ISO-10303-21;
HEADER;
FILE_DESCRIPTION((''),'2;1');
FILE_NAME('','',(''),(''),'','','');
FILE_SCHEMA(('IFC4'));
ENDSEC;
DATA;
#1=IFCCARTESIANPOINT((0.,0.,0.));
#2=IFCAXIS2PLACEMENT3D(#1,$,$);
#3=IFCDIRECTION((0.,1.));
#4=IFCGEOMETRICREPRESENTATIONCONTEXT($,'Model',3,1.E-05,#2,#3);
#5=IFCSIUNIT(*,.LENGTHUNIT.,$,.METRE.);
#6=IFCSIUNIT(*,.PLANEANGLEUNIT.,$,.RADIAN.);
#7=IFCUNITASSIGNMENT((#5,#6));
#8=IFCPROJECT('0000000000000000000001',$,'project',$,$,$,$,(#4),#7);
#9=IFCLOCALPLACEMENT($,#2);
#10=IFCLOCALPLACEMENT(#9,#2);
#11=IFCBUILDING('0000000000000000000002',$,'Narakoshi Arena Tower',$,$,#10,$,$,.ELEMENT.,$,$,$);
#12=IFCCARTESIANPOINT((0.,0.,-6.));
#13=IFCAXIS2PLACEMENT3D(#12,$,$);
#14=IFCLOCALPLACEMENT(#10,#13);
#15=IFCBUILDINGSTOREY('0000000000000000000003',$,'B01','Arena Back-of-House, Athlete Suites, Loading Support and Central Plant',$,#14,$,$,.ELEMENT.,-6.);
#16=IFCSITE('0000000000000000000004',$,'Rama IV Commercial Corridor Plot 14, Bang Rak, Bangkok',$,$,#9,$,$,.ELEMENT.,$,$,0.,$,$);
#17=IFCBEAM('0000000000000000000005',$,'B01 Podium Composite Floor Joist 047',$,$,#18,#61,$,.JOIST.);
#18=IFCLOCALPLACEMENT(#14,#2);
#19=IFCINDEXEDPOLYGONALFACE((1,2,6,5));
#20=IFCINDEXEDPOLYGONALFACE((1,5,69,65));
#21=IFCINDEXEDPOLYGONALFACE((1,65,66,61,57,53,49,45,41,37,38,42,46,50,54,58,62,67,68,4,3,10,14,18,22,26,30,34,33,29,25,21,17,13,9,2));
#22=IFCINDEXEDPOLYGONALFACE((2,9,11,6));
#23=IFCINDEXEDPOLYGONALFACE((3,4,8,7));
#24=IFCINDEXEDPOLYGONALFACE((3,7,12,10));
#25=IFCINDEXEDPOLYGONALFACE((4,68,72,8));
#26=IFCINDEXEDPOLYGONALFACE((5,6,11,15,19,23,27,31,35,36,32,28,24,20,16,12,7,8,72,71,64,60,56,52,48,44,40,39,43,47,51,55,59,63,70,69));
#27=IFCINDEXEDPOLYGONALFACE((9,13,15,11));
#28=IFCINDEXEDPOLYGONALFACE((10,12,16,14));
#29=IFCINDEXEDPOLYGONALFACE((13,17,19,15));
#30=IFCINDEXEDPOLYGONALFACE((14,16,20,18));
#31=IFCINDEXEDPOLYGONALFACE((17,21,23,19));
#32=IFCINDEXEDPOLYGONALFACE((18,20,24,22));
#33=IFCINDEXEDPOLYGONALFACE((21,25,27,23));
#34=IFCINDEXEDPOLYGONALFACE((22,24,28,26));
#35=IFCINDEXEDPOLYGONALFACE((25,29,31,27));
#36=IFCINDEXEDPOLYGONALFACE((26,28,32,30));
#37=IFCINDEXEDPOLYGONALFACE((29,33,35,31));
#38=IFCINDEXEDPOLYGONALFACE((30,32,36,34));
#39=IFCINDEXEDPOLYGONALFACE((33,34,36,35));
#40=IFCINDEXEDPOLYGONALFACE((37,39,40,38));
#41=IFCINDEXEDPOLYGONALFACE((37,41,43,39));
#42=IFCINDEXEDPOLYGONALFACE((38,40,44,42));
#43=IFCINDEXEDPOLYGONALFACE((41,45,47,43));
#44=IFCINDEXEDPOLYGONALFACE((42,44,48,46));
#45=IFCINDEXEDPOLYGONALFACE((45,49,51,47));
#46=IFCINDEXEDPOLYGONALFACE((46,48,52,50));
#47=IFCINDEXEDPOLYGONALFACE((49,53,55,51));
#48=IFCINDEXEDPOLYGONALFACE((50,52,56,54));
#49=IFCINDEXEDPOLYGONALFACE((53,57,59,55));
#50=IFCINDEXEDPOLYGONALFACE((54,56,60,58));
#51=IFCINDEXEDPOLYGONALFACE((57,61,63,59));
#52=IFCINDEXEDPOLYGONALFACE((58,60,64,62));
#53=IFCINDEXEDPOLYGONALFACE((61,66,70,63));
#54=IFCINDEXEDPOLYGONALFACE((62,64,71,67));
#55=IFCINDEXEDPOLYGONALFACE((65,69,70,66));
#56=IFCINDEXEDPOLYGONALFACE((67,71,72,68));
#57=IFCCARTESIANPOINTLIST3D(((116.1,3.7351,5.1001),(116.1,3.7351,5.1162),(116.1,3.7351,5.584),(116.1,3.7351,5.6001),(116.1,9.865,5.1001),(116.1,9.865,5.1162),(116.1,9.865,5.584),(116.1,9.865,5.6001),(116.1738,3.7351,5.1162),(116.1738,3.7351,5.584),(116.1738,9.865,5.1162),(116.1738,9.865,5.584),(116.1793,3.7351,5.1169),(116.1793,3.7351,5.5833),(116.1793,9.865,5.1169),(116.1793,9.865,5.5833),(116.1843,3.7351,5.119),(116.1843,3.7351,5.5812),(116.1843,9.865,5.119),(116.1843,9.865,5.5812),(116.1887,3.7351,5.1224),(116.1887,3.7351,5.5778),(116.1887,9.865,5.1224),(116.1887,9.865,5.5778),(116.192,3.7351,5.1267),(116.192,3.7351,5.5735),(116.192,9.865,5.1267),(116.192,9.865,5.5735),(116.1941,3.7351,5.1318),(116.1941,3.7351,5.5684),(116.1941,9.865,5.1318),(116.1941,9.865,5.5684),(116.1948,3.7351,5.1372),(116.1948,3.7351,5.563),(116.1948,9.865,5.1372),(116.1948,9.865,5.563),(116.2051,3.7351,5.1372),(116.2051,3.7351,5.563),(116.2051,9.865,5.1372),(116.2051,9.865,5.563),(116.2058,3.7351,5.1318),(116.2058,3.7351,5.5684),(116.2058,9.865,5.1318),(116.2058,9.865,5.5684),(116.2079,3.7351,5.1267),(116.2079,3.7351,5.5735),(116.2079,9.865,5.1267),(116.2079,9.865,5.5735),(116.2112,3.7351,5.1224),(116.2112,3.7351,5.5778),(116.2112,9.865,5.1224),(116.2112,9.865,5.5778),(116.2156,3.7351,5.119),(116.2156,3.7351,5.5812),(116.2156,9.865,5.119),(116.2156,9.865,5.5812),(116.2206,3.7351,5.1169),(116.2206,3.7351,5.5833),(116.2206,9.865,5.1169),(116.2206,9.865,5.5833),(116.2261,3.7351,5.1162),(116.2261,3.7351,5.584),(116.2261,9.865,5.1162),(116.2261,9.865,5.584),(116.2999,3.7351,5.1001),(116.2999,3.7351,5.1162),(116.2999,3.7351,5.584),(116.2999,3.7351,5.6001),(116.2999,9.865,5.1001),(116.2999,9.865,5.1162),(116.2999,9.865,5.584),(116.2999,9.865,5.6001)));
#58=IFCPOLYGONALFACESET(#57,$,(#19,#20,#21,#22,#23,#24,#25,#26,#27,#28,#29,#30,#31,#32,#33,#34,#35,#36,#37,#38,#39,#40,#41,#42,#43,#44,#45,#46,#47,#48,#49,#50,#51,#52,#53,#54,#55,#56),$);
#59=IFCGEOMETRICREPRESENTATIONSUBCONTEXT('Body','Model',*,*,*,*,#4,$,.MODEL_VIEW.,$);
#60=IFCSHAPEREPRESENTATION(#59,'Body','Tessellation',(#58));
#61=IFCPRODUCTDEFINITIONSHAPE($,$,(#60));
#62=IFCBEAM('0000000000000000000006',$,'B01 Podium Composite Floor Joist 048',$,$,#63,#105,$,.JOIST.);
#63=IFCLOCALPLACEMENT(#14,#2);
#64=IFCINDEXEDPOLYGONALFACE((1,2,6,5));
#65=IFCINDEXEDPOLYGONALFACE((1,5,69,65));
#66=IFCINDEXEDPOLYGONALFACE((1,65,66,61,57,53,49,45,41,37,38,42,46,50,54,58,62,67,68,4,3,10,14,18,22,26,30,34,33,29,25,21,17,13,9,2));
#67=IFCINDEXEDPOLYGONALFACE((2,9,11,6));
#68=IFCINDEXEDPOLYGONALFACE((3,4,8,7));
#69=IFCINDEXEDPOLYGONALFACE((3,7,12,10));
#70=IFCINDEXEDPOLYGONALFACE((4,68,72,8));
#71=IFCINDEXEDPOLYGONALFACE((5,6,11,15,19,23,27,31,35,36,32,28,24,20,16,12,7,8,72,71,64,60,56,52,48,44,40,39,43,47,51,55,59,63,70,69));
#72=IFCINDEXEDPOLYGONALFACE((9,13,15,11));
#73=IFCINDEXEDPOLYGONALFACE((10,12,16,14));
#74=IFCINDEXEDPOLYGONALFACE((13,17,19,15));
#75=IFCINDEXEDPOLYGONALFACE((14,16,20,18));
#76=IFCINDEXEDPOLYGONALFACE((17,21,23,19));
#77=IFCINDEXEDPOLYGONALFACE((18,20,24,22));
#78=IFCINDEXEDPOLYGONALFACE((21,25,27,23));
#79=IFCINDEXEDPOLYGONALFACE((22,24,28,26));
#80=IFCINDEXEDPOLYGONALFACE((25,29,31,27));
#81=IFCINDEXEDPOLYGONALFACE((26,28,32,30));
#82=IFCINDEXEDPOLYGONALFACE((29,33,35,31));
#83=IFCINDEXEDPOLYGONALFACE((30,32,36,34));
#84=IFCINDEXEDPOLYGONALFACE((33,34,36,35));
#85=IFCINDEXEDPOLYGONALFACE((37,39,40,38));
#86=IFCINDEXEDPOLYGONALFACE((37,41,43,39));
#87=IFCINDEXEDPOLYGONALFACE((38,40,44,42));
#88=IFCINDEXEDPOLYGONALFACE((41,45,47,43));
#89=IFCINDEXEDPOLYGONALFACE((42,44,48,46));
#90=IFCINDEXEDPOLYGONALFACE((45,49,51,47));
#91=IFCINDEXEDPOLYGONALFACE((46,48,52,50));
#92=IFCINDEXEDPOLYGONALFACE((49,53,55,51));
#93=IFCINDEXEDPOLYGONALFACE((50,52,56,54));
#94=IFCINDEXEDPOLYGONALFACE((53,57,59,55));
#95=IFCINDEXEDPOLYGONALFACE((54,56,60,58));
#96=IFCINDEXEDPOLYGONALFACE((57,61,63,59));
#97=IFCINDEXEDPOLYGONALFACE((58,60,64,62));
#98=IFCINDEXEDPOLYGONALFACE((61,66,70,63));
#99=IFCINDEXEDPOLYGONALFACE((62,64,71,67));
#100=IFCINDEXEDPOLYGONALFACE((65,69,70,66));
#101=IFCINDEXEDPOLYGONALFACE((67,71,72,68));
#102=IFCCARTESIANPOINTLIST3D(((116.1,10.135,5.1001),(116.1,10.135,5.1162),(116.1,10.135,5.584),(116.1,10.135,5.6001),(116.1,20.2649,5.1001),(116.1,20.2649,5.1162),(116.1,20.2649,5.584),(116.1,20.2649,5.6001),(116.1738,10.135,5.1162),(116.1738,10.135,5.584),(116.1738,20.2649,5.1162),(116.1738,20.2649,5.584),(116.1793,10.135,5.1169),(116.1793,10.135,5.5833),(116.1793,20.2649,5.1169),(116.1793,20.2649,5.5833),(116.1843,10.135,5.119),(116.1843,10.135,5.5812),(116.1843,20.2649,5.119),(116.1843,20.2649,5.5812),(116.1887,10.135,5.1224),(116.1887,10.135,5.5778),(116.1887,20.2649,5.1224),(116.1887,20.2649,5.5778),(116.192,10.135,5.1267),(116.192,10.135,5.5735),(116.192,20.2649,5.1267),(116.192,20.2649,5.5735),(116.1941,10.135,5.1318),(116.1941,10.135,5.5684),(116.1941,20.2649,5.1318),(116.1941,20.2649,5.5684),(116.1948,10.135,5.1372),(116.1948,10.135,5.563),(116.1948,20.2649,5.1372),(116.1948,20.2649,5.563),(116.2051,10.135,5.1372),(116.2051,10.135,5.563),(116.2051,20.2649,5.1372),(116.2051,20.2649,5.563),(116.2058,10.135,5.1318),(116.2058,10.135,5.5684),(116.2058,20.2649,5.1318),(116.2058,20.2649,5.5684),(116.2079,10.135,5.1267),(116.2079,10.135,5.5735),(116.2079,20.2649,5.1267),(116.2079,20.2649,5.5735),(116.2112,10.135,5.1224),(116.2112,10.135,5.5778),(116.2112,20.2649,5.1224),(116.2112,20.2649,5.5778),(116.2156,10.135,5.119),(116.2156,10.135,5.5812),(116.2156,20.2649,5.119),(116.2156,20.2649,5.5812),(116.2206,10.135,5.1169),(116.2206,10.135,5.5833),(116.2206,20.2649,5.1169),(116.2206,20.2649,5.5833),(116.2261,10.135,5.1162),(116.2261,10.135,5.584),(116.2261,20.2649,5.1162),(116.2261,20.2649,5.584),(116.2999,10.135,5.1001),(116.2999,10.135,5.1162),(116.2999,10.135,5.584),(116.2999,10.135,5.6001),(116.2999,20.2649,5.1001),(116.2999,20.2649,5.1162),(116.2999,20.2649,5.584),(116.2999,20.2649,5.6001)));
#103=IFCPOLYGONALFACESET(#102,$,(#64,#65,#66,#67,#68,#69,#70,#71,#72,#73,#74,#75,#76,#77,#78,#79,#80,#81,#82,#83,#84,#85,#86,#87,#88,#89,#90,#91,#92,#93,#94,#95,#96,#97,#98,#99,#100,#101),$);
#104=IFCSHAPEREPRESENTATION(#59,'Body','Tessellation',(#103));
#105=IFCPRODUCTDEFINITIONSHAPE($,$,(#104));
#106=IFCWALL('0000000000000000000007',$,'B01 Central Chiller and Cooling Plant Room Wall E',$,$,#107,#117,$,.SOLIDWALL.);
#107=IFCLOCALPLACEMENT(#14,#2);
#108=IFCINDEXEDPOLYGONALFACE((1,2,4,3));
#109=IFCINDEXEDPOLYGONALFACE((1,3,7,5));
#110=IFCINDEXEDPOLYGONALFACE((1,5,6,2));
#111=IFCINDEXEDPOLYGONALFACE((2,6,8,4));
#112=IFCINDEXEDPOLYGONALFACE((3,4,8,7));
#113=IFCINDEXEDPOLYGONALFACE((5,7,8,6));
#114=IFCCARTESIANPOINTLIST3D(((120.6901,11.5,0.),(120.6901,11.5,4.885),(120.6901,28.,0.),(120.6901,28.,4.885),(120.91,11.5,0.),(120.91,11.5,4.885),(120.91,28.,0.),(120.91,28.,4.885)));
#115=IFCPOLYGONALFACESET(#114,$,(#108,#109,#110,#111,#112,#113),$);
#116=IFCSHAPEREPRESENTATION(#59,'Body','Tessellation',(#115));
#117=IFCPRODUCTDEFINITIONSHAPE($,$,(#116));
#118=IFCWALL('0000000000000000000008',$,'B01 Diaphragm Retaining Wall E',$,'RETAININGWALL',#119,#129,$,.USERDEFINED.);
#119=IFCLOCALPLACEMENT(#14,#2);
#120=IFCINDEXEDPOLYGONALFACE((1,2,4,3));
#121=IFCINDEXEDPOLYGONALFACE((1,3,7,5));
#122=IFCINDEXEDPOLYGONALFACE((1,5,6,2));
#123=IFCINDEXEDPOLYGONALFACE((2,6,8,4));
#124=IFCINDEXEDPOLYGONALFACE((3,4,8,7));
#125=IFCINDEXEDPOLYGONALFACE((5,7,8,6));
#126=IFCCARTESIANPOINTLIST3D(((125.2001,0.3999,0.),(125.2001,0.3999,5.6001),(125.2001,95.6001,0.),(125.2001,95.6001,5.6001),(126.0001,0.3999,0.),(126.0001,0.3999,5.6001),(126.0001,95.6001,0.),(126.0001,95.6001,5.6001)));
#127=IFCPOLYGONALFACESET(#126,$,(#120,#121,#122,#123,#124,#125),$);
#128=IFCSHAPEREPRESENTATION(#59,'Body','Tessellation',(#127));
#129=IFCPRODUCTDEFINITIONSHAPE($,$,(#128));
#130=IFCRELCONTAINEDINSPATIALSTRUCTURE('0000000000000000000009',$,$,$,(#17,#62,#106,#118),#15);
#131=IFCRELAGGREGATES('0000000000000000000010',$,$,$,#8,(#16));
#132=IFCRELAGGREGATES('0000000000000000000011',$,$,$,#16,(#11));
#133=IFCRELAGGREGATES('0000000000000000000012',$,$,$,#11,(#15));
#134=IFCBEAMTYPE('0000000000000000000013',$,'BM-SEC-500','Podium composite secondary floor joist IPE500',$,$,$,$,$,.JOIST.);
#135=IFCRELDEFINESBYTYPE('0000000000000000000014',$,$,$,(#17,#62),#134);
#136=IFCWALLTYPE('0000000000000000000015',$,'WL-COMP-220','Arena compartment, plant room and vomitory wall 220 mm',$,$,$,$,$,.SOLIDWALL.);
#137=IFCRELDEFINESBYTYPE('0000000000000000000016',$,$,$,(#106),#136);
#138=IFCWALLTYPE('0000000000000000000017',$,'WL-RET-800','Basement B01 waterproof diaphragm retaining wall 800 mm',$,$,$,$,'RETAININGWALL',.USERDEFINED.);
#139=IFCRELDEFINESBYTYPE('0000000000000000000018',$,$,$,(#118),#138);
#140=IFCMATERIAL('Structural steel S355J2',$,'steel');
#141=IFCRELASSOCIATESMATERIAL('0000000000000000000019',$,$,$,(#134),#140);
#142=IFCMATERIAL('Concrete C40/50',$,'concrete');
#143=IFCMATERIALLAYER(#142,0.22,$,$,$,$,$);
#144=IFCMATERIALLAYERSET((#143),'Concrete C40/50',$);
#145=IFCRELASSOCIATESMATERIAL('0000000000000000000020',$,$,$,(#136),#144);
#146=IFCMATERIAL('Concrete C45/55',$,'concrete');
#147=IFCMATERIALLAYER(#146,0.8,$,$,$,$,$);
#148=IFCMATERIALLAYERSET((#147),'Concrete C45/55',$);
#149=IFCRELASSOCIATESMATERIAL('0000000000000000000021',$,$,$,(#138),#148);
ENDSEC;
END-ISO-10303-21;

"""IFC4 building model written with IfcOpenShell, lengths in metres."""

from ifc_helpers import new_model, si_unit, direction, frame, frame_2d, origin, origin_2d, place, context, subcontext, project, spatial, rectangle, i_section, extrude, material, layer, layer_set, material_profile, profile_set, type_object, element, save


model = new_model("IFC4")

# Units and contexts
model_context = context("Model", 3, precision=1e-05, world=origin(), true_north=direction((0.0, 1.0)))
body_context = subcontext(model_context, "Body", "Model", "MODEL_VIEW")
ifc_project = project(units=[si_unit("LENGTHUNIT", "METRE"), si_unit("PLANEANGLEUNIT", "RADIAN")], contexts=[model_context])

# Site, building, storey
site_placement = place(None, origin())
site = spatial("IfcSite", under=ifc_project, at=site_placement, Name="Rama IV Commercial Corridor Plot 14, Bang Rak, Bangkok", CompositionType="ELEMENT", RefElevation=0.0)
building_placement = place(site_placement, origin())
building = spatial("IfcBuilding", under=site, at=building_placement, Name="Narakoshi Arena Tower", CompositionType="ELEMENT")
storey_placement = place(building_placement, frame((0.0, 0.0, -6.0)))
storey = spatial("IfcBuildingStorey", under=building, at=storey_placement, Name="B01", Description="Arena Back-of-House, Athlete Suites, Loading Support and Central Plant", CompositionType="ELEMENT", Elevation=-6.0)

# Shared definitions
ifc_material_1 = material(Name="Concrete C45/55", Category="concrete")
ifc_material_2 = material(Name="Concrete C40/50", Category="concrete")

# Beams
ifc_material_3 = material(Name="Structural steel S355J2", Category="steel")
ifc_material_profile_1 = material_profile(ifc_material_3, i_section(OverallWidth=0.2, OverallDepth=0.5, WebThickness=0.0103, FlangeThickness=0.0161, FilletRadius=0.021, at=origin_2d()), Name="IPE500")
ifc_profile_set_1 = profile_set([ifc_material_profile_1], Name="Structural steel S355J2")
beam_type_1 = type_object("IfcBeamType", Name="BM-SEC-500", Description="Podium composite secondary floor joist IPE500", PredefinedType="JOIST", material=ifc_profile_set_1)
beam_1_placement = place(storey_placement, frame((116.2, 3.7351, 5.3501), z_axis=(0.0, 1.0, 0.0), x_axis=(-1.0, 0.0, 0.0)))
element("IfcBeam", 1, at=beam_1_placement, inside=storey, type_object=beam_type_1, Name="B01 Podium Composite Floor Joist 047", PredefinedType="JOIST", context=body_context, shape_type="SweptSolid", body=[
    extrude(i_section(OverallWidth=0.2, OverallDepth=0.5, WebThickness=0.0103, FlangeThickness=0.0161, FilletRadius=0.021, at=origin_2d()), origin(), (0.0, 0.0, 1.0), 6.1299),
])
beam_2_placement = place(storey_placement, frame((116.2, 10.135, 5.3501), z_axis=(0.0, 1.0, 0.0), x_axis=(-1.0, 0.0, 0.0)))
element("IfcBeam", 2, at=beam_2_placement, inside=storey, type_object=beam_type_1, Name="B01 Podium Composite Floor Joist 048", PredefinedType="JOIST", context=body_context, shape_type="SweptSolid", body=[
    extrude(i_section(OverallWidth=0.2, OverallDepth=0.5, WebThickness=0.0103, FlangeThickness=0.0161, FilletRadius=0.021, at=origin_2d()), origin(), (0.0, 0.0, 1.0), 10.1299),
])

# Walls
ifc_layer_1 = layer(ifc_material_2, 0.22)
ifc_layer_set_1 = layer_set([ifc_layer_1], Name="Concrete C40/50")
wall_type_1 = type_object("IfcWallType", Name="WL-COMP-220", Description="Arena compartment, plant room and vomitory wall 220 mm", PredefinedType="SOLIDWALL", material=ifc_layer_set_1)
wall_1_placement = place(storey_placement, frame((120.8, 11.5, 0.0), z_axis=(0.0, 0.0, 1.0), x_axis=(0.0, 1.0, 0.0)))
element("IfcWall", 3, at=wall_1_placement, inside=storey, type_object=wall_type_1, Name="B01 Central Chiller and Cooling Plant Room Wall E", PredefinedType="SOLIDWALL", context=body_context, shape_type="SweptSolid", body=[
    extrude(rectangle(XDim=16.5, YDim=0.22, at=frame_2d((8.25, 0.0))), origin(), (0.0, 0.0, 1.0), 4.885),
])
ifc_layer_2 = layer(ifc_material_1, 0.8)
ifc_layer_set_2 = layer_set([ifc_layer_2], Name="Concrete C45/55")
wall_type_2 = type_object("IfcWallType", Name="WL-RET-800", Description="Basement B01 waterproof diaphragm retaining wall 800 mm", ElementType="RETAININGWALL", PredefinedType="USERDEFINED", material=ifc_layer_set_2)
wall_2_placement = place(storey_placement, frame((125.6001, 0.3999, 0.0), z_axis=(0.0, 0.0, 1.0), x_axis=(0.0, 1.0, 0.0)))
element("IfcWall", 4, at=wall_2_placement, inside=storey, type_object=wall_type_2, Name="B01 Diaphragm Retaining Wall E", ObjectType="RETAININGWALL", PredefinedType="USERDEFINED", context=body_context, shape_type="SweptSolid", body=[
    extrude(rectangle(XDim=95.2002, YDim=0.8, at=frame_2d((47.6001, 0.0))), origin(), (0.0, 0.0, 1.0), 5.6001),
])

save(model, "model.ifc")
